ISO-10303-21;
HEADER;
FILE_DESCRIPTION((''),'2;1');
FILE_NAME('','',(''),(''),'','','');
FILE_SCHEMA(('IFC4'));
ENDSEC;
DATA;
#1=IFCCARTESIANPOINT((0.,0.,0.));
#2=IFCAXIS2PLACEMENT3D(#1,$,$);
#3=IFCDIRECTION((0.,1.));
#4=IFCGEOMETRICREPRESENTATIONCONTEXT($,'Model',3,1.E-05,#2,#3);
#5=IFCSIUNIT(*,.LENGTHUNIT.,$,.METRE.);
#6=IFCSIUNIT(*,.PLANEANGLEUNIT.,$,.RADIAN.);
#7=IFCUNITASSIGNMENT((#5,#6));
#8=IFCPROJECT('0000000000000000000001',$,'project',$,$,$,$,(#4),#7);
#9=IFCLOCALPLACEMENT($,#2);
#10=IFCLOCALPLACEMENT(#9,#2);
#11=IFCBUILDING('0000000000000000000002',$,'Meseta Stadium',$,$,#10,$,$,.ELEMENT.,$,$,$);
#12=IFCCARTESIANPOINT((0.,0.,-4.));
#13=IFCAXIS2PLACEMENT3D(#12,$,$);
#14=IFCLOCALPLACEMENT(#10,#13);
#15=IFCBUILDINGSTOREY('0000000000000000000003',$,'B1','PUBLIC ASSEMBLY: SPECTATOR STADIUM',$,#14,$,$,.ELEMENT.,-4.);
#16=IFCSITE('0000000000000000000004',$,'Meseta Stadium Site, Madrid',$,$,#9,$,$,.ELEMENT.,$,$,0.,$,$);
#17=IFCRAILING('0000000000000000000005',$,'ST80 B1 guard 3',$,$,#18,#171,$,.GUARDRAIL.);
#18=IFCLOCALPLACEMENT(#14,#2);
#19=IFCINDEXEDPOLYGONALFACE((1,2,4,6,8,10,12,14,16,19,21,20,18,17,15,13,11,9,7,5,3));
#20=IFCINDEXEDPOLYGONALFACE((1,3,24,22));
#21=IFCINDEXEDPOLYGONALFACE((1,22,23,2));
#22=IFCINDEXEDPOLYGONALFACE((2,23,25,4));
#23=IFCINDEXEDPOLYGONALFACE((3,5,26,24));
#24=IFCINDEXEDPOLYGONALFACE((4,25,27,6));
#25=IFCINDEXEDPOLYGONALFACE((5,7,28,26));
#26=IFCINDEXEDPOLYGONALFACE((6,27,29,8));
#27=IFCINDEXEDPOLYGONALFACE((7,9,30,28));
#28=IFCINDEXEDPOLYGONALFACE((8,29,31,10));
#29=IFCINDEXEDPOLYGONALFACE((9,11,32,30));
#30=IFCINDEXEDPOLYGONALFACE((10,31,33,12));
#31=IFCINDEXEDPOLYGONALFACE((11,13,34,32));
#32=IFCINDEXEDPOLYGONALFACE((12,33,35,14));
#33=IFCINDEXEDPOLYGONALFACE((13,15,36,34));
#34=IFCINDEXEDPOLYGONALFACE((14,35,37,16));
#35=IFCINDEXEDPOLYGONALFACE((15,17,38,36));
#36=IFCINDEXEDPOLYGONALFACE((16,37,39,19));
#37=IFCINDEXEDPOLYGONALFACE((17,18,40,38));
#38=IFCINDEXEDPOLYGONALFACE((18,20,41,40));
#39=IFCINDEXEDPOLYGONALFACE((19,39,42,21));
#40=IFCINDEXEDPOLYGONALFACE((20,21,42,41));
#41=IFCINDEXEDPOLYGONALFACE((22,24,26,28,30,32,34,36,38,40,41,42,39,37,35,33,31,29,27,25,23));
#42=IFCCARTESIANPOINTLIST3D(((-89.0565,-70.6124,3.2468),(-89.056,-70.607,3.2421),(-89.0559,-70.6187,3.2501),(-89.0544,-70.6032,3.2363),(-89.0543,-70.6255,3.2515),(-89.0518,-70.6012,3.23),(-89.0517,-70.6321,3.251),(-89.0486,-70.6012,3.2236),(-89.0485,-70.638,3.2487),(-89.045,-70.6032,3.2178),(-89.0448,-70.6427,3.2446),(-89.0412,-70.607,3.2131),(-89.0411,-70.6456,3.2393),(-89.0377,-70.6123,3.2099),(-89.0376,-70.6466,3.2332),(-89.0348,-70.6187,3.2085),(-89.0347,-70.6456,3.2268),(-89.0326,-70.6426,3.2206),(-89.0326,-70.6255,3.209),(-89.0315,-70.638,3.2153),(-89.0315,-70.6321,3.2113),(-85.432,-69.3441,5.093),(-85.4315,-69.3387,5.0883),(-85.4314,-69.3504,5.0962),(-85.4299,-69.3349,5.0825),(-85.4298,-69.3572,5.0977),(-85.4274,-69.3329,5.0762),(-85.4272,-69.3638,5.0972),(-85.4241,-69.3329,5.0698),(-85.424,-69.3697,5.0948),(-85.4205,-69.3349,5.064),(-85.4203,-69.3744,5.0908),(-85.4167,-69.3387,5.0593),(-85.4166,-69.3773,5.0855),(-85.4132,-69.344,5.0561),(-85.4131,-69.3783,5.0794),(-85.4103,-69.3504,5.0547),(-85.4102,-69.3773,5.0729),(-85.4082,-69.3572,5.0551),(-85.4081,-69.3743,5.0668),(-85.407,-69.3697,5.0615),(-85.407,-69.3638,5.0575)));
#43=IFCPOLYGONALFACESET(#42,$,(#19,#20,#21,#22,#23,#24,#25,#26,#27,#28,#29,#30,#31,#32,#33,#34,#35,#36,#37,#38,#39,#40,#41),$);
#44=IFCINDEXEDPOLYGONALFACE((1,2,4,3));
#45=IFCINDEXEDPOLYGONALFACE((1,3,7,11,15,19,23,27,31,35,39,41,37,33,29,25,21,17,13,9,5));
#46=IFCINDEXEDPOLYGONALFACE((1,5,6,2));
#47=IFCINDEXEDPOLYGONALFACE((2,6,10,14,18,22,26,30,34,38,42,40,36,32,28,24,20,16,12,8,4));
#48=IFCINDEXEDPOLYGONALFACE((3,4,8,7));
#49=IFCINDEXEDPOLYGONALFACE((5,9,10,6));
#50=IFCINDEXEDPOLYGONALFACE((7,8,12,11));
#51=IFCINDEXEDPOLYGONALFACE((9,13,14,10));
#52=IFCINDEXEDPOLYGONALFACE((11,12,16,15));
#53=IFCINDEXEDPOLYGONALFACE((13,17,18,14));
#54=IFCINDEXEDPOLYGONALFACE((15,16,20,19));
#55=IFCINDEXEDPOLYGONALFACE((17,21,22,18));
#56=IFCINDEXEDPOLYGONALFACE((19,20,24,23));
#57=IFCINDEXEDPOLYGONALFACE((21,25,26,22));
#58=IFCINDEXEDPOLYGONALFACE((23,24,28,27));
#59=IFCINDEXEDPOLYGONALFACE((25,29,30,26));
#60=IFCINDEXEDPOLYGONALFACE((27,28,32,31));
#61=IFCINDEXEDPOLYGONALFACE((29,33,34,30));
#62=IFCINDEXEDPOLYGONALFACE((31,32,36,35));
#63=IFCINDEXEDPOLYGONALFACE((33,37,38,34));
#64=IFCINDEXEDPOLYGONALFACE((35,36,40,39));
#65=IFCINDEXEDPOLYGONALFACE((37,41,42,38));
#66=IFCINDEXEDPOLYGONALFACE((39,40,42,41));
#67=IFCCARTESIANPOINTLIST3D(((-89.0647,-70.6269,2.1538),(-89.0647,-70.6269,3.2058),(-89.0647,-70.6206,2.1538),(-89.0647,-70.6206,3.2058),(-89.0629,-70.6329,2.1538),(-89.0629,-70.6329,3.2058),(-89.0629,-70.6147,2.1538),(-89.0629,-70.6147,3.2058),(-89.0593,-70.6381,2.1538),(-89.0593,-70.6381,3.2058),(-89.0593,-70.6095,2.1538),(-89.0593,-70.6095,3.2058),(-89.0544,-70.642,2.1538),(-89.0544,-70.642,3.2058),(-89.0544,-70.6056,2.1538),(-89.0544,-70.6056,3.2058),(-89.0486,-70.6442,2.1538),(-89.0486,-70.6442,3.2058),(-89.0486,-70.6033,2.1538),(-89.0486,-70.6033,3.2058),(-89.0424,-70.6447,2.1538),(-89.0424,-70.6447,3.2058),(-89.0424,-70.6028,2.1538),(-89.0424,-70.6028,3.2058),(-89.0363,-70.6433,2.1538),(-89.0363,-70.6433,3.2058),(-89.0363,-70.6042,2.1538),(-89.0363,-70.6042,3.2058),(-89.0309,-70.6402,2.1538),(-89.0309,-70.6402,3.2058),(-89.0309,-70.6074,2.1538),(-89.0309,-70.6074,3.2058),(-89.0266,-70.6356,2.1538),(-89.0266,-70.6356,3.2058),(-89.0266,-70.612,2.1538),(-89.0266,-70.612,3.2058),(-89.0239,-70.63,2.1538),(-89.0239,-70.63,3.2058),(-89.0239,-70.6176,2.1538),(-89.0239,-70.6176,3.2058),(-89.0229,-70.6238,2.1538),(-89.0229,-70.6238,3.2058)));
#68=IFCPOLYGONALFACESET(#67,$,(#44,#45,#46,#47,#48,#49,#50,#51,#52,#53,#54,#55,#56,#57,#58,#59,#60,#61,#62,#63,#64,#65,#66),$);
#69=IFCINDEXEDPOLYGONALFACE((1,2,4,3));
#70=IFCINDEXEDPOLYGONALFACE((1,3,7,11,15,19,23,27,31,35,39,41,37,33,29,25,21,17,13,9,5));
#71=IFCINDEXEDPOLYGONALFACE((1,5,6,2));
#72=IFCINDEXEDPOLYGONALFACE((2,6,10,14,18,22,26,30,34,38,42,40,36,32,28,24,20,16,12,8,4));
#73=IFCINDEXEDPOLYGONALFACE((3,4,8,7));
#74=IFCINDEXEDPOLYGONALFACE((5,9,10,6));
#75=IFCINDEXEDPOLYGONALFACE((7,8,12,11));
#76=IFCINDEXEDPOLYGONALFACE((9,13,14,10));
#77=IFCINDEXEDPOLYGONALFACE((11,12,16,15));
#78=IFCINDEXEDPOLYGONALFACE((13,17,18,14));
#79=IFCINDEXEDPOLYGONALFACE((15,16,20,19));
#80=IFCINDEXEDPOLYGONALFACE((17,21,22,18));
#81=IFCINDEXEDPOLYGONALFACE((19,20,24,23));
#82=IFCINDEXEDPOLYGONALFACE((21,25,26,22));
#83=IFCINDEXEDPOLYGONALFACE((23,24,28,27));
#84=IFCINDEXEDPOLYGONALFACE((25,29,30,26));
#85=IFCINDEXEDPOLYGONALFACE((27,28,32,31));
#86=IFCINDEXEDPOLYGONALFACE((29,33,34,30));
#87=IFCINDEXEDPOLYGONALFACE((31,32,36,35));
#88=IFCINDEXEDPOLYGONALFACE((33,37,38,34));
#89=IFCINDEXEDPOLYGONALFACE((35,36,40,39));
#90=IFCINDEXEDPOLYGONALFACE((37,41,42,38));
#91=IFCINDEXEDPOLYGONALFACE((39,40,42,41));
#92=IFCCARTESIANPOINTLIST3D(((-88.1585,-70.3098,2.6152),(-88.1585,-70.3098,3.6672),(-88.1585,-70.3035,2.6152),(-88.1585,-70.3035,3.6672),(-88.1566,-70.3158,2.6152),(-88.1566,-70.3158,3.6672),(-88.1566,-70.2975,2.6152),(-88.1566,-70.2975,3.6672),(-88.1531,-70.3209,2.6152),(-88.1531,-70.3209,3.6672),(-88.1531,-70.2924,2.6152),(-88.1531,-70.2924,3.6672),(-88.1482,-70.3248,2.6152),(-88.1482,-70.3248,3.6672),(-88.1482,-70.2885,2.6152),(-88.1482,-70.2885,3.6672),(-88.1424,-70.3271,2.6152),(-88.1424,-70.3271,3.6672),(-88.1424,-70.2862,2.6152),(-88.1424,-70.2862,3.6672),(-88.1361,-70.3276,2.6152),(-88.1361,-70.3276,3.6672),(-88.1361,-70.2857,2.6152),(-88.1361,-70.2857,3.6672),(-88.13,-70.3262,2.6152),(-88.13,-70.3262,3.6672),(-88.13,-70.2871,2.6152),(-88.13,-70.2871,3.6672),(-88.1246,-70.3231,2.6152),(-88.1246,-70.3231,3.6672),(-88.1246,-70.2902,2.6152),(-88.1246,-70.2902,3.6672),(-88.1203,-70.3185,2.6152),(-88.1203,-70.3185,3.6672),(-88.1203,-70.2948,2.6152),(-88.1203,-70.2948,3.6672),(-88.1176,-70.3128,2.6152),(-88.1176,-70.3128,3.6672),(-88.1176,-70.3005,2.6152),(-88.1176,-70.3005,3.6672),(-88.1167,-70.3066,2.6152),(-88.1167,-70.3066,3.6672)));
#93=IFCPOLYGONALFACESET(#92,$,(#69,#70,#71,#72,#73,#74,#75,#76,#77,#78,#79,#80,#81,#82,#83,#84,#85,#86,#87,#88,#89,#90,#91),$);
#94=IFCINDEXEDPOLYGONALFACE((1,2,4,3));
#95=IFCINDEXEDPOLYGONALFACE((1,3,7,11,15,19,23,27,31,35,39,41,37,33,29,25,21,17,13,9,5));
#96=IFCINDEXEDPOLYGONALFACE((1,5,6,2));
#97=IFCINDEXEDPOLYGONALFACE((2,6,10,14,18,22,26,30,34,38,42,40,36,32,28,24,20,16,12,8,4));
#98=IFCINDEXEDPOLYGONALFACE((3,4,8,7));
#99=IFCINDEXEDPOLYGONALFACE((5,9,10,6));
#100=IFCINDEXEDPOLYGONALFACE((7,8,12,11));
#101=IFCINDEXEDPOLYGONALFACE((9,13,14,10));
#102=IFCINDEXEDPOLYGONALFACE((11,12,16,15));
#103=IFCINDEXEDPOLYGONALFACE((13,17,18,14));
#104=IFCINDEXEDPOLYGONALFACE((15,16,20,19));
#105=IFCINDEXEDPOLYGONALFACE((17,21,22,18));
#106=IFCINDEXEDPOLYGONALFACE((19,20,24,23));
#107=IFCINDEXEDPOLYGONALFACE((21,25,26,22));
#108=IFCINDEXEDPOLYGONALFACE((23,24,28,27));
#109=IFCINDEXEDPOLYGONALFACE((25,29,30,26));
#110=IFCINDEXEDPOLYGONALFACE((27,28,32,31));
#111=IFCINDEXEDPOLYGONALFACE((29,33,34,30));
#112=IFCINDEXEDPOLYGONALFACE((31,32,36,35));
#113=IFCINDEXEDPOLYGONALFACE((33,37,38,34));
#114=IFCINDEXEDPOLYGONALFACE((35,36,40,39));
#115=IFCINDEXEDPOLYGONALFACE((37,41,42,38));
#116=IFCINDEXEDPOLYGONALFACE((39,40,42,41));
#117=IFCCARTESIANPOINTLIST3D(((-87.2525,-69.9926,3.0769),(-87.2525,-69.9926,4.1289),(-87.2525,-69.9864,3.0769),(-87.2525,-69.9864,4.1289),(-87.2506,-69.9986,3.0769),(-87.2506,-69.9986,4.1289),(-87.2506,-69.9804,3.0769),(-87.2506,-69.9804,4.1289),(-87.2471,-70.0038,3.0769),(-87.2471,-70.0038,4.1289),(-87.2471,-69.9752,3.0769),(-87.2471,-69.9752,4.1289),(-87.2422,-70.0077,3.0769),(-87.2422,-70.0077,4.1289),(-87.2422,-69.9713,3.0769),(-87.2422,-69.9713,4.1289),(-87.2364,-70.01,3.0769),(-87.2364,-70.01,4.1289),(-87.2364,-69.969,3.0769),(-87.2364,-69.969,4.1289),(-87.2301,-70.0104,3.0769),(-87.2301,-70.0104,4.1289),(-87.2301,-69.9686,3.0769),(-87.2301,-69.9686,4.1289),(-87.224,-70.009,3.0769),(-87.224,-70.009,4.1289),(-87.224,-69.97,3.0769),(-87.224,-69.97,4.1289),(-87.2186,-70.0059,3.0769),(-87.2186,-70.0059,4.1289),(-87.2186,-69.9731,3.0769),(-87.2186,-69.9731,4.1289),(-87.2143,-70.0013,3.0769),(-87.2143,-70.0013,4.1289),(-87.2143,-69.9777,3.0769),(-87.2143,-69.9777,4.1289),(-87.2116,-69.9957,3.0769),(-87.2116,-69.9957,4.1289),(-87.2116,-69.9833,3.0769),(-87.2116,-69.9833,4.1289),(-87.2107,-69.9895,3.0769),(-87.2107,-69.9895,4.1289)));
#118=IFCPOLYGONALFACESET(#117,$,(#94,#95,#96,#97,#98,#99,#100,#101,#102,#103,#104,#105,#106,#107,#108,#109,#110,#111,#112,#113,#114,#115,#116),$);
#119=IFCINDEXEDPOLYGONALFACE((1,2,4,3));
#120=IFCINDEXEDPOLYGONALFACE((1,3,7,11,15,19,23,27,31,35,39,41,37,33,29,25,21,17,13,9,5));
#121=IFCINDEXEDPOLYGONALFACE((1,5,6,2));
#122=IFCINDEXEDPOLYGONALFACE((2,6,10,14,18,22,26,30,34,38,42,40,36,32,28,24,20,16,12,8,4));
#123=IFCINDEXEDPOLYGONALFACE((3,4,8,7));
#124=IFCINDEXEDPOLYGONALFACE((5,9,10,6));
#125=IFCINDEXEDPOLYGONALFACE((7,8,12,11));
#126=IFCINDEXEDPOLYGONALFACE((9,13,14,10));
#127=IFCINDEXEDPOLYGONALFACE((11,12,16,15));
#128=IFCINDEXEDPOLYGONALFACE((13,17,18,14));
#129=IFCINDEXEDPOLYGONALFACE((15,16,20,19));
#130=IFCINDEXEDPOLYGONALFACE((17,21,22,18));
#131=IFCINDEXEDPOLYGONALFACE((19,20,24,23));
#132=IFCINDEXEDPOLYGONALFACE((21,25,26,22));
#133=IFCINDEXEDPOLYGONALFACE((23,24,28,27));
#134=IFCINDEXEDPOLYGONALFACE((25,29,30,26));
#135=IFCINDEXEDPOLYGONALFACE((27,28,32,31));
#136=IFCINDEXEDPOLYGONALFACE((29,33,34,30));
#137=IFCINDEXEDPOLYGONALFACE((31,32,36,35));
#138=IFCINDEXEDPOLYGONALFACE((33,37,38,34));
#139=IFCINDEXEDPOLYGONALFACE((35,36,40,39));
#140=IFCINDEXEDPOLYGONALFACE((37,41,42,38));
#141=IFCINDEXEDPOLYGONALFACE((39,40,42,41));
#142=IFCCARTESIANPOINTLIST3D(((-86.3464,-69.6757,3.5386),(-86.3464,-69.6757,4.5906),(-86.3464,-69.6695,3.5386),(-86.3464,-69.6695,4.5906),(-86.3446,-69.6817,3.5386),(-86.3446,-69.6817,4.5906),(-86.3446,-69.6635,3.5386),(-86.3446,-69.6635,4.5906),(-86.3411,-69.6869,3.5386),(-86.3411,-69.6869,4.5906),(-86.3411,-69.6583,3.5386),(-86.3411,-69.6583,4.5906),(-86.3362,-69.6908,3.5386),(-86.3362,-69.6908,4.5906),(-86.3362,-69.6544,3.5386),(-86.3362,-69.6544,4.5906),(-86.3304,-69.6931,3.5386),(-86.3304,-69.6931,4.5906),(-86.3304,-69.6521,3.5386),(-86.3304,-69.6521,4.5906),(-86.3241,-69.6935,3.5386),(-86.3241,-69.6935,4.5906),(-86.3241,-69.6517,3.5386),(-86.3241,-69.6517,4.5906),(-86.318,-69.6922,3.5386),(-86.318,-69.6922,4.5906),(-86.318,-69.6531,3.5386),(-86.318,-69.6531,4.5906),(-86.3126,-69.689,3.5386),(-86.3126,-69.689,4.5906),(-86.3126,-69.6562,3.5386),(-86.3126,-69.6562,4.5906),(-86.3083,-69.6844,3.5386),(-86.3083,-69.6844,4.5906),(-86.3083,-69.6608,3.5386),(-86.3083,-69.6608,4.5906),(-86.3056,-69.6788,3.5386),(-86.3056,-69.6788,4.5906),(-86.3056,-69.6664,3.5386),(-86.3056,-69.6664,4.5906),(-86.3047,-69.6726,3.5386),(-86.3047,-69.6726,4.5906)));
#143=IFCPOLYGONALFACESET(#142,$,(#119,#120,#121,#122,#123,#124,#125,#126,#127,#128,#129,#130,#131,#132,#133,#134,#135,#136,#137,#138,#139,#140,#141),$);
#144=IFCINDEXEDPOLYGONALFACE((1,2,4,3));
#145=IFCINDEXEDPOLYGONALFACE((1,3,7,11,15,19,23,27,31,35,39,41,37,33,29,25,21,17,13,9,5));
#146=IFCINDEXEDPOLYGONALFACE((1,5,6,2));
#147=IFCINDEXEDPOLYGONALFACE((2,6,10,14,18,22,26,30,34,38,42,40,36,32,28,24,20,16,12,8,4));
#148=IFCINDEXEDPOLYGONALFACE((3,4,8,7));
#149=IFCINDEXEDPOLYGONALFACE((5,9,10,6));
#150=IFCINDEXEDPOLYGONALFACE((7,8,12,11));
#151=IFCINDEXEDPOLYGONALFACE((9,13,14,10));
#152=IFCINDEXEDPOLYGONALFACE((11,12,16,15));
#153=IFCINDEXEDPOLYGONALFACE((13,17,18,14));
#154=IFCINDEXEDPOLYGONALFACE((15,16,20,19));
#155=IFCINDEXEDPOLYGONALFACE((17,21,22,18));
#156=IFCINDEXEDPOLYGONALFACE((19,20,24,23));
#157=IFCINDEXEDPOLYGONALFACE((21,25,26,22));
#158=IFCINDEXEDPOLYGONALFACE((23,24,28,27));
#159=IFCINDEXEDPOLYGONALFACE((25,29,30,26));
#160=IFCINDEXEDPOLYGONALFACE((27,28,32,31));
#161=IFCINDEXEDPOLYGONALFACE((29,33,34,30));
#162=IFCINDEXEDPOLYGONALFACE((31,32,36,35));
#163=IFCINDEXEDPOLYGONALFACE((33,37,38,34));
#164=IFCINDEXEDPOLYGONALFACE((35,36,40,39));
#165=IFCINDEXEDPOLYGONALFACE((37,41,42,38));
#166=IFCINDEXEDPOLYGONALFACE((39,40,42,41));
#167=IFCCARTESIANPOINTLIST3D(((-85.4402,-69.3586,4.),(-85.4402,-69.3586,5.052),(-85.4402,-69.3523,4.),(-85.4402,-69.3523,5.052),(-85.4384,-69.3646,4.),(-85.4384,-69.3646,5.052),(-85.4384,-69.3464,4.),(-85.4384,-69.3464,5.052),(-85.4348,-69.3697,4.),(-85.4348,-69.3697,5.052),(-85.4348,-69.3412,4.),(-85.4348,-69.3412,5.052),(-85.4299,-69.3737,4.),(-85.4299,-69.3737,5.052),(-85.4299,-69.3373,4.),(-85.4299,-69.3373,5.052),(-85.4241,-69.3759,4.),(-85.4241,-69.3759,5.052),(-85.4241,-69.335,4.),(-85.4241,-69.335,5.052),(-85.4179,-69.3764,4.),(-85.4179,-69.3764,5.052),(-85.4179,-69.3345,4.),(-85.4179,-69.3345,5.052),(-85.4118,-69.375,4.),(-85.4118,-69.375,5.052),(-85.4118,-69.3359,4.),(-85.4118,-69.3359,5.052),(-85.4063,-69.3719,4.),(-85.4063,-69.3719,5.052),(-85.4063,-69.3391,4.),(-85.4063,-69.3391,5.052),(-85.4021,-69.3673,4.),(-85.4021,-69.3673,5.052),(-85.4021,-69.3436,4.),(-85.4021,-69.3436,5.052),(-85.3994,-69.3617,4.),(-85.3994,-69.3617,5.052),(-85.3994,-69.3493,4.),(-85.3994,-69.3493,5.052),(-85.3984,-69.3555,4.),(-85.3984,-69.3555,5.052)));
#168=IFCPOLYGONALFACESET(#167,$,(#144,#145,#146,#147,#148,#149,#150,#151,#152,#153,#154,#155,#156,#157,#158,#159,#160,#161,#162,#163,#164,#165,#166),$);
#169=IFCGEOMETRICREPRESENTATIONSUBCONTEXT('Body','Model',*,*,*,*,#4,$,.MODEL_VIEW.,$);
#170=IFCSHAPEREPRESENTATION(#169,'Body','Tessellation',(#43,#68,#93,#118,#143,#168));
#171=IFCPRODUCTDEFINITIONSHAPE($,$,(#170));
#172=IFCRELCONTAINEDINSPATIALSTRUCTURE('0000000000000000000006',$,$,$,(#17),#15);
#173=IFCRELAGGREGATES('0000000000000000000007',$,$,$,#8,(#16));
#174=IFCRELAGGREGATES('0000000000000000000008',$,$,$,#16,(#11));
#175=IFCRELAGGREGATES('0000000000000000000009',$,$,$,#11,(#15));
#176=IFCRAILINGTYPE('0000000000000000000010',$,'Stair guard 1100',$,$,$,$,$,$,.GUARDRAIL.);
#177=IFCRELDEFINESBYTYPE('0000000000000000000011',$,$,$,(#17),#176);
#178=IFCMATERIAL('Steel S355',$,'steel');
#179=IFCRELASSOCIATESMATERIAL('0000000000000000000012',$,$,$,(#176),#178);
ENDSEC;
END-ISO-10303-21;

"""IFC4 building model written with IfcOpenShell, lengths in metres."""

from ifc_helpers import new_model, si_unit, direction, frame, origin, origin_2d, place, context, subcontext, project, spatial, circle, extrude, material, type_object, element, save


model = new_model("IFC4")

# Units and contexts
model_context = context("Model", 3, precision=1e-05, world=origin(), true_north=direction((0.0, 1.0)))
body_context = subcontext(model_context, "Body", "Model", "MODEL_VIEW")
ifc_project = project(units=[si_unit("LENGTHUNIT", "METRE"), si_unit("PLANEANGLEUNIT", "RADIAN")], contexts=[model_context])

# Site, building, storey
site_placement = place(None, origin())
site = spatial("IfcSite", under=ifc_project, at=site_placement, Name="Meseta Stadium Site, Madrid", CompositionType="ELEMENT", RefElevation=0.0)
building_placement = place(site_placement, origin())
building = spatial("IfcBuilding", under=site, at=building_placement, Name="Meseta Stadium", CompositionType="ELEMENT")
storey_placement = place(building_placement, frame((0.0, 0.0, -4.0)))
storey = spatial("IfcBuildingStorey", under=building, at=storey_placement, Name="B1", Description="PUBLIC ASSEMBLY: SPECTATOR STADIUM", CompositionType="ELEMENT", Elevation=-4.0)

# Railing
ifc_material_1 = material(Name="Steel S355", Category="steel")
railing_type_1 = type_object("IfcRailingType", Name="Stair guard 1100", PredefinedType="GUARDRAIL", material=ifc_material_1)
railing_1_placement = place(storey_placement, frame((-89.0439, -70.6238, 2.1538)))
element("IfcRailing", 1, at=railing_1_placement, inside=storey, type_object=railing_type_1, Name="ST80 B1 guard 3", PredefinedType="GUARDRAIL", context=body_context, shape_type="SweptSolid", body=[
    extrude(circle(Radius=0.0239, at=origin_2d()), frame((0.0, 0.0, 1.0762), z_axis=(0.850672, 0.297672, 0.4333), x_axis=(-0.330288, 0.94388, 0.0)), (0.0, 0.0, 1.0), 4.2607),
    extrude(circle(Radius=0.021, at=origin_2d()), origin(), (0.0, 0.0, 1.0), 1.052),
    extrude(circle(Radius=0.021, at=origin_2d()), frame((0.9062, 0.3171, 0.4614)), (0.0, 0.0, 1.0), 1.052),
    extrude(circle(Radius=0.021, at=origin_2d()), frame((1.8123, 0.6343, 0.9231)), (0.0, 0.0, 1.0), 1.052),
    extrude(circle(Radius=0.021, at=origin_2d()), frame((2.7183, 0.9512, 1.3848)), (0.0, 0.0, 1.0), 1.052),
    extrude(circle(Radius=0.021, at=origin_2d()), frame((3.6245, 1.2683, 1.8462)), (0.0, 0.0, 1.0), 1.052),
])

save(model, "model.ifc")
